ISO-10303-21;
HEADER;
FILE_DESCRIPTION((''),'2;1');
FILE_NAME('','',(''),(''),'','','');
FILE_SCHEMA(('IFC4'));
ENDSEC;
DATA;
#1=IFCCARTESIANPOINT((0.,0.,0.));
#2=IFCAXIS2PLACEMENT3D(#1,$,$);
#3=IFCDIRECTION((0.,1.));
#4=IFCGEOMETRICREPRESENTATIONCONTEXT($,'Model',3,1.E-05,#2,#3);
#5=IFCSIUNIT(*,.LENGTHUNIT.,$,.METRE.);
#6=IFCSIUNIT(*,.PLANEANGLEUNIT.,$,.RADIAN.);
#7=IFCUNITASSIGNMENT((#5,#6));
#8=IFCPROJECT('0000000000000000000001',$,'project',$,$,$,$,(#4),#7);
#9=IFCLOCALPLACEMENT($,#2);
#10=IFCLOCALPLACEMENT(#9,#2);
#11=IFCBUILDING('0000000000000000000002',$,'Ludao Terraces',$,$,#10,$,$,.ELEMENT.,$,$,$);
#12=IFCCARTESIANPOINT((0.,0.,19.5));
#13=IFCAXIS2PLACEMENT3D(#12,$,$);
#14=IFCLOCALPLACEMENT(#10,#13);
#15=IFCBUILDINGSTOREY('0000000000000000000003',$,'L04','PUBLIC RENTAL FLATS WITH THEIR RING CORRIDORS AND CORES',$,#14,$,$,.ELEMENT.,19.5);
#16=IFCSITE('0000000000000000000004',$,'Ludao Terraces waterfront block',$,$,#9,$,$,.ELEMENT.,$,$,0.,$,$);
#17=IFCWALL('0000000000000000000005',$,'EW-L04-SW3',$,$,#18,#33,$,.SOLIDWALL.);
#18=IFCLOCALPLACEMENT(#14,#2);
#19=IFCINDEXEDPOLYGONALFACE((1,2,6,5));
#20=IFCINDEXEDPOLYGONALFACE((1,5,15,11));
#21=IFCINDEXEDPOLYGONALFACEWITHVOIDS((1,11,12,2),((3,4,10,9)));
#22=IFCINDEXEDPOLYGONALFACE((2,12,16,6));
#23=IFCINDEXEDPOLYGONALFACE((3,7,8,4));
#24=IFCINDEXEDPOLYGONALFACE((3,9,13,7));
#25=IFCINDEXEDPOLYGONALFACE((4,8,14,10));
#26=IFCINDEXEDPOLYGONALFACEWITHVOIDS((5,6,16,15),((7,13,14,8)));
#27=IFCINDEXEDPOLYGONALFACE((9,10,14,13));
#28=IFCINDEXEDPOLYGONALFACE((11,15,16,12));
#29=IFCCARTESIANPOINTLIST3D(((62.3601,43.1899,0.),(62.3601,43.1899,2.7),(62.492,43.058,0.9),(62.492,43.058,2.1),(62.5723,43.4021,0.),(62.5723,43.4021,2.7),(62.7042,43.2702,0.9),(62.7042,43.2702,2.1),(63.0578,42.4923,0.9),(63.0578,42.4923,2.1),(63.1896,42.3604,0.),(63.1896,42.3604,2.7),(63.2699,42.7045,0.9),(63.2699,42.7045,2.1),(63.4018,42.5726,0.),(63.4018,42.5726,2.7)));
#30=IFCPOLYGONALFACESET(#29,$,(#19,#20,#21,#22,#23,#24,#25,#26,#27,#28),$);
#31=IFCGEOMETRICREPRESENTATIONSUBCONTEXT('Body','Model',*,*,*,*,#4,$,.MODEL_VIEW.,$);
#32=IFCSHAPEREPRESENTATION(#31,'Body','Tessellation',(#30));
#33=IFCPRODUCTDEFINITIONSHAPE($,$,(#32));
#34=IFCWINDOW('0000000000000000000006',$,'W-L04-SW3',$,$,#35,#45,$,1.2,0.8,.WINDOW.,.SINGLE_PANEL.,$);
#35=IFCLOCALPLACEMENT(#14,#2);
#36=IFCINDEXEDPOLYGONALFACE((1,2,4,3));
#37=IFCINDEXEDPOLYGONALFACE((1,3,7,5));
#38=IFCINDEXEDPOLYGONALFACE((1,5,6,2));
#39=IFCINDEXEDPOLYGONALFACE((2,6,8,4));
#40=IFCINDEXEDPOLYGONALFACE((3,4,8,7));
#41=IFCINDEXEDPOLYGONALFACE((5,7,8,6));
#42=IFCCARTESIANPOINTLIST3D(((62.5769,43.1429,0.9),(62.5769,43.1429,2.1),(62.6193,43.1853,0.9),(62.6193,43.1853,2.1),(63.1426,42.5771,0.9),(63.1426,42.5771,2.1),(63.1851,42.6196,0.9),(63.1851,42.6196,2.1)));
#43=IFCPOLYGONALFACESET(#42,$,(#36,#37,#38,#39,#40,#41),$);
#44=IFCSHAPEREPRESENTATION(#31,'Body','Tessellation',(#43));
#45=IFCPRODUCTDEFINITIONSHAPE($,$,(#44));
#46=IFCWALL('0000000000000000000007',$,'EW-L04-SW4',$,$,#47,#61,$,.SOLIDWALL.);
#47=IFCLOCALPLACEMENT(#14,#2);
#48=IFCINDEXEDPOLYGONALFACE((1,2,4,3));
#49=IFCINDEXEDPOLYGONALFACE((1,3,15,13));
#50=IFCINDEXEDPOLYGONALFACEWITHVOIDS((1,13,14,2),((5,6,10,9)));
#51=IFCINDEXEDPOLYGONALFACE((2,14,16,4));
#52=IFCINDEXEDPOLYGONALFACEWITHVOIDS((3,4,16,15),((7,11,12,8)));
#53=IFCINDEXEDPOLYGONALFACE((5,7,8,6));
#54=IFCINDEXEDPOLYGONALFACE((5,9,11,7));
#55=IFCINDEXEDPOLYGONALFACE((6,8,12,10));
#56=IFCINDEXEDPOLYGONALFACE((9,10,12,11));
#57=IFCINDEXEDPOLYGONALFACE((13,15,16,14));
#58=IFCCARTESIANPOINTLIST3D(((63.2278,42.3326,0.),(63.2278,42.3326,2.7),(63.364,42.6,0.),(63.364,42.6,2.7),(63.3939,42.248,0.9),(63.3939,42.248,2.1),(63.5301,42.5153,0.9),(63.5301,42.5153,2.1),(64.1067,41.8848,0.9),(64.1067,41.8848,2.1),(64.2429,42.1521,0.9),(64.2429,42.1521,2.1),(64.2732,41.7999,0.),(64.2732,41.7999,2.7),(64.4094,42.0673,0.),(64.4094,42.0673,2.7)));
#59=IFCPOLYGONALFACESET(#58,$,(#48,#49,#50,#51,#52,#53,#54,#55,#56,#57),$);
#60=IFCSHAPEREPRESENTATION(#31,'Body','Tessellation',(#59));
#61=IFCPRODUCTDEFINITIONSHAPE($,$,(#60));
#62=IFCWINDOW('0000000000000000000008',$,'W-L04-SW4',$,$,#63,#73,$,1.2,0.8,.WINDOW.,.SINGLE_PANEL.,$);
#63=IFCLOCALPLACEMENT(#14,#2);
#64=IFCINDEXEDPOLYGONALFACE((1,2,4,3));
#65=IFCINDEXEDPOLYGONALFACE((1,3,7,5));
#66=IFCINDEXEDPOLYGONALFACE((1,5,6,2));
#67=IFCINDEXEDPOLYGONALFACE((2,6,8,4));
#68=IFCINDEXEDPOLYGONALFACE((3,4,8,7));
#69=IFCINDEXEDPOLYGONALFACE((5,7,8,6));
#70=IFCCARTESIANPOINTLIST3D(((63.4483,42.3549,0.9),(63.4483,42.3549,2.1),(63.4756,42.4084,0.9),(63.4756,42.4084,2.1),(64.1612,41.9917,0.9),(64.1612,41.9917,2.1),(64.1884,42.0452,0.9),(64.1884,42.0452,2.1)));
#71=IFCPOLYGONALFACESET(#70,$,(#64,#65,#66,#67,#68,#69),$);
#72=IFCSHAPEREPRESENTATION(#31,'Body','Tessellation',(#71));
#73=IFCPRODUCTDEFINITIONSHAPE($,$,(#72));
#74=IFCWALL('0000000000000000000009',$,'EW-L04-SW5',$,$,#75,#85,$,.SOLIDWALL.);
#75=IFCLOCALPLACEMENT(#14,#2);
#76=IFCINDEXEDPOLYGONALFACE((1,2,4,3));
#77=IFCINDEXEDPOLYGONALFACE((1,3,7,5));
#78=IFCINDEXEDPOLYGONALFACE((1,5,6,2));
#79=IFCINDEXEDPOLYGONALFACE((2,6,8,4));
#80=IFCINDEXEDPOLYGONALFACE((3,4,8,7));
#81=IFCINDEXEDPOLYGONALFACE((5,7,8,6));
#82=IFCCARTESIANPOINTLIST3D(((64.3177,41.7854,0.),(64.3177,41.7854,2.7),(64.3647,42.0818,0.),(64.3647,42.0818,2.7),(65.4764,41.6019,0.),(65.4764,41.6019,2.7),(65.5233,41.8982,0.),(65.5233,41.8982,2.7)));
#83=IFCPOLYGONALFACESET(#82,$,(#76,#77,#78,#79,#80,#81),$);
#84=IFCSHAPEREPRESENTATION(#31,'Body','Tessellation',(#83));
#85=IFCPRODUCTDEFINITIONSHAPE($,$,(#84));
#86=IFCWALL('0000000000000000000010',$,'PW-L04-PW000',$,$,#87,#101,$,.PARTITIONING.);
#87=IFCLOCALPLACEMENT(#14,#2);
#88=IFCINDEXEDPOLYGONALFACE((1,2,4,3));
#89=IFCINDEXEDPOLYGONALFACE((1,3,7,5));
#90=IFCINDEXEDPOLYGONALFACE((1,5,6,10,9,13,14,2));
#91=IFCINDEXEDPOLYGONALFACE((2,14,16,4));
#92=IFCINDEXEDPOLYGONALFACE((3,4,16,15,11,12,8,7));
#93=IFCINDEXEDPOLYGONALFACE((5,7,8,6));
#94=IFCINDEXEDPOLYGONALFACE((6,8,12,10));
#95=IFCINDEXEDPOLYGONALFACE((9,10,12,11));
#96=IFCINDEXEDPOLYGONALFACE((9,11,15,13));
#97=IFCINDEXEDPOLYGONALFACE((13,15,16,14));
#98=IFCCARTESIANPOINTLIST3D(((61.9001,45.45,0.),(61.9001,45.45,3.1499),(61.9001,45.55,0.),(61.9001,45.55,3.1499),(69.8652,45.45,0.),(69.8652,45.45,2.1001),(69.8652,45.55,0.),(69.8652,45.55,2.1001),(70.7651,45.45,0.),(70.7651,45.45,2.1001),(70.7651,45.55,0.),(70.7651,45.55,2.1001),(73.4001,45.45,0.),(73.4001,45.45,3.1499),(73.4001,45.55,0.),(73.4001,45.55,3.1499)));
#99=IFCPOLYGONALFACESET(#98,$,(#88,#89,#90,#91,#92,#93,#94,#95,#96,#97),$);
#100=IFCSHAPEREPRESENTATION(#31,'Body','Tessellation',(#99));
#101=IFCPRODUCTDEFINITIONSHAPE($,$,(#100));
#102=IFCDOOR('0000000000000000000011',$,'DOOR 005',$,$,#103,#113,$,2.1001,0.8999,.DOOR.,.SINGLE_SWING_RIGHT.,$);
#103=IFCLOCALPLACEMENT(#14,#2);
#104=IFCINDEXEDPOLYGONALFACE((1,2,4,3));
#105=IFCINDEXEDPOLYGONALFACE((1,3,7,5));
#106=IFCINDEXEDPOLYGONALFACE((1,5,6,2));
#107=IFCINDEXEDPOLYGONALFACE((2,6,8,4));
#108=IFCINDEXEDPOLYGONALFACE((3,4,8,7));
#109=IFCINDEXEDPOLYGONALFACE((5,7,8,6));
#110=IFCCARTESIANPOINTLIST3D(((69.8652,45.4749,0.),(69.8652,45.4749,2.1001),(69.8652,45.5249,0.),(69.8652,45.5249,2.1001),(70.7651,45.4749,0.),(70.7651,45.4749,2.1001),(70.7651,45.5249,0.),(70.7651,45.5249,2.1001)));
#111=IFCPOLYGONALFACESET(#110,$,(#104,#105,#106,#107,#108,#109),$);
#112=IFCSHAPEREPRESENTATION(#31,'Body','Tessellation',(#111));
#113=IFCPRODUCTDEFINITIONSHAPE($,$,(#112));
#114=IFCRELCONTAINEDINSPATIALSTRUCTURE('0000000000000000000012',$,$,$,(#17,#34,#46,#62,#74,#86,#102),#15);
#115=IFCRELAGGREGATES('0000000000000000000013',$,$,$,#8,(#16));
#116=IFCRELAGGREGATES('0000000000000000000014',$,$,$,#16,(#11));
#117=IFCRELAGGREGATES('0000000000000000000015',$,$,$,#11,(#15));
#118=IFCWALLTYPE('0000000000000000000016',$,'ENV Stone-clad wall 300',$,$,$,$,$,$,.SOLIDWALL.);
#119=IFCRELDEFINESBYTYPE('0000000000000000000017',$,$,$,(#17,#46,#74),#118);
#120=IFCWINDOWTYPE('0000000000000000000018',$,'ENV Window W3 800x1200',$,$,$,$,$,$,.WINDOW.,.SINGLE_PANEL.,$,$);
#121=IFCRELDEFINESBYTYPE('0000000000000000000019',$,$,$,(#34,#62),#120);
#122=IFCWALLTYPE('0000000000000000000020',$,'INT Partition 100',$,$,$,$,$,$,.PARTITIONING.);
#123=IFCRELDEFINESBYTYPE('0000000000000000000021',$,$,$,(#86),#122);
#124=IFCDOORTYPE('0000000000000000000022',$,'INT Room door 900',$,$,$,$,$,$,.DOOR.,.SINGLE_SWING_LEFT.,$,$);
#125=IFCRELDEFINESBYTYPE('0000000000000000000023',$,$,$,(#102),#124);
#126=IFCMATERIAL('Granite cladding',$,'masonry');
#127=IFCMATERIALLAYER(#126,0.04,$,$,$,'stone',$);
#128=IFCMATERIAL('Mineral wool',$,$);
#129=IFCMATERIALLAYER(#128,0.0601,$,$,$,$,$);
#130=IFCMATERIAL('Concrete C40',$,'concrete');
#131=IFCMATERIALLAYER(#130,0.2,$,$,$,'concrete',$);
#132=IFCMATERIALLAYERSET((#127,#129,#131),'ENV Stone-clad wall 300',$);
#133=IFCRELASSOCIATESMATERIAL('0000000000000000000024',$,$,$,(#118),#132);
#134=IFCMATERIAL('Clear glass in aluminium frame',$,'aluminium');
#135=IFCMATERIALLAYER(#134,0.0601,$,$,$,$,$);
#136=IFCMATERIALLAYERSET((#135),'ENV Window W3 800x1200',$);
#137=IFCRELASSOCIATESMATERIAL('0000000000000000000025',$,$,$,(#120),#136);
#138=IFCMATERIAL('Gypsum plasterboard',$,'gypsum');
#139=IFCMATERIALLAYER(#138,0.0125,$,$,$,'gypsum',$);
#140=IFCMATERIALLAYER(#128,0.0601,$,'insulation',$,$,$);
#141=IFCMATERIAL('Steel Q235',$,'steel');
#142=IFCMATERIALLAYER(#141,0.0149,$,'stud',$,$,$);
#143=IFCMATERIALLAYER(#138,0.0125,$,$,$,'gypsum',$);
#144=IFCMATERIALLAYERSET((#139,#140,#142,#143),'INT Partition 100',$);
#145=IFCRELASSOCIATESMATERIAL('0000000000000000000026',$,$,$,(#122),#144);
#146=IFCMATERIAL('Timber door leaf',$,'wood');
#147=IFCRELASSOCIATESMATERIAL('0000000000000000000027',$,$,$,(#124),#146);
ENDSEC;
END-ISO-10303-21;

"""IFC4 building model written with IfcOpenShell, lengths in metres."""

from ifc_helpers import new_model, si_unit, direction, frame, frame_2d, origin, place, context, subcontext, project, spatial, rectangle, extrude, material, layer, layer_set, type_object, element, fill, save


model = new_model("IFC4")

# Units and contexts
model_context = context("Model", 3, precision=1e-05, world=origin(), true_north=direction((0.0, 1.0)))
body_context = subcontext(model_context, "Body", "Model", "MODEL_VIEW")
ifc_project = project(units=[si_unit("LENGTHUNIT", "METRE"), si_unit("PLANEANGLEUNIT", "RADIAN")], contexts=[model_context])

# Site, building, storey
site_placement = place(None, origin())
site = spatial("IfcSite", under=ifc_project, at=site_placement, Name="Ludao Terraces waterfront block", CompositionType="ELEMENT", RefElevation=0.0)
building_placement = place(site_placement, origin())
building = spatial("IfcBuilding", under=site, at=building_placement, Name="Ludao Terraces", CompositionType="ELEMENT")
storey_placement = place(building_placement, frame((0.0, 0.0, 19.5)))
storey = spatial("IfcBuildingStorey", under=building, at=storey_placement, Name="L04", Description="PUBLIC RENTAL FLATS WITH THEIR RING CORRIDORS AND CORES", CompositionType="ELEMENT", Elevation=19.5)

# Shared definitions
ifc_material_1 = material(Name="Concrete C40", Category="concrete")

# Shared definitions
ifc_material_2 = material(Name="Granite cladding", Category="masonry")
ifc_layer_1 = layer(ifc_material_2, 0.04, Category="stone")
ifc_material_3 = material(Name="Mineral wool")
ifc_layer_2 = layer(ifc_material_3, 0.0601)
ifc_layer_3 = layer(ifc_material_1, 0.2, Category="concrete")
ifc_layer_set_1 = layer_set([ifc_layer_1, ifc_layer_2, ifc_layer_3], Name="ENV Stone-clad wall 300")
wall_type_1 = type_object("IfcWallType", Name="ENV Stone-clad wall 300", PredefinedType="SOLIDWALL", material=ifc_layer_set_1)
ifc_material_4 = material(Name="Clear glass in aluminium frame", Category="aluminium")

# Walls, openings, windows
ifc_layer_4 = layer(ifc_material_4, 0.0601)
ifc_layer_set_2 = layer_set([ifc_layer_4], Name="ENV Window W3 800x1200")
window_type_1 = type_object("IfcWindowType", Name="ENV Window W3 800x1200", PartitioningType="SINGLE_PANEL", PredefinedType="WINDOW", material=ifc_layer_set_2)
wall_1_placement = place(storey_placement, frame((62.4663, 43.2959, 0.0), z_axis=(0.0, 0.0, 1.0), x_axis=(0.707107, -0.707107, 0.0)))
wall_1 = element("IfcWall", 1, at=wall_1_placement, inside=storey, type_object=wall_type_1, Name="EW-L04-SW3", PredefinedType="SOLIDWALL", context=body_context, shape_type="SweptSolid", body=[
    extrude(rectangle(XDim=1.1731, YDim=0.3, at=frame_2d((0.5864, 0.0))), origin(), (0.0, 0.0, 1.0), 2.7),
])
opening_1_placement = place(wall_1_placement, frame((0.1865, 0.0, 0.8999)))
opening_1 = element("IfcOpeningElement", 2, at=opening_1_placement, cuts=wall_1, PredefinedType="OPENING", context=body_context, shape_type="SweptSolid", body=[
    extrude(rectangle(XDim=0.8, YDim=1.2, at=frame_2d((0.3999, 0.6001))), frame((0.0, 0.1602, 0.0), z_axis=(0.0, -1.0, 0.0), x_axis=(1.0, 0.0, 0.0)), (0.0, 0.0, 1.0), 0.3201),
])
window_1_placement = place(opening_1_placement, origin())
window_1 = element("IfcWindow", 3, at=window_1_placement, inside=storey, type_object=window_type_1, Name="W-L04-SW3", OverallHeight=1.2, OverallWidth=0.8, PartitioningType="SINGLE_PANEL", PredefinedType="WINDOW", context=body_context, shape_type="SweptSolid", body=[
    extrude(rectangle(XDim=0.8, YDim=1.2, at=frame_2d((0.3999, 0.6001))), frame((0.0, 0.03, 0.0), z_axis=(0.0, -1.0, 0.0), x_axis=(1.0, 0.0, 0.0)), (0.0, 0.0, 1.0), 0.0601),
])
fill(opening_1, window_1)
wall_2_placement = place(storey_placement, frame((63.2959, 42.4663, 0.0), z_axis=(0.0, 0.0, 1.0), x_axis=(0.890989, -0.454026, 0.0)))
wall_2 = element("IfcWall", 4, at=wall_2_placement, inside=storey, type_object=wall_type_1, Name="EW-L04-SW4", PredefinedType="SOLIDWALL", context=body_context, shape_type="SweptSolid", body=[
    extrude(rectangle(XDim=1.1733, YDim=0.3, at=frame_2d((0.5867, 0.0))), origin(), (0.0, 0.0, 1.0), 2.7),
])
opening_2_placement = place(wall_2_placement, frame((0.1865, 0.0, 0.8999)))
opening_2 = element("IfcOpeningElement", 5, at=opening_2_placement, cuts=wall_2, PredefinedType="OPENING", context=body_context, shape_type="SweptSolid", body=[
    extrude(rectangle(XDim=0.8, YDim=1.2, at=frame_2d((0.3999, 0.6001))), frame((0.0, 0.1602, 0.0), z_axis=(0.0, -1.0, 0.0), x_axis=(1.0, 0.0, 0.0)), (0.0, 0.0, 1.0), 0.3201),
])
window_2_placement = place(opening_2_placement, origin())
window_2 = element("IfcWindow", 6, at=window_2_placement, inside=storey, type_object=window_type_1, Name="W-L04-SW4", OverallHeight=1.2, OverallWidth=0.8, PartitioningType="SINGLE_PANEL", PredefinedType="WINDOW", context=body_context, shape_type="SweptSolid", body=[
    extrude(rectangle(XDim=0.8, YDim=1.2, at=frame_2d((0.3999, 0.6001))), frame((0.0, 0.03, 0.0), z_axis=(0.0, -1.0, 0.0), x_axis=(1.0, 0.0, 0.0)), (0.0, 0.0, 1.0), 0.0601),
])
fill(opening_2, window_2)

# Wall
wall_3_placement = place(storey_placement, frame((64.3413, 41.9336, 0.0), z_axis=(0.0, 0.0, 1.0), x_axis=(0.987678, -0.156497, 0.0)))
element("IfcWall", 7, at=wall_3_placement, inside=storey, type_object=wall_type_1, Name="EW-L04-SW5", PredefinedType="SOLIDWALL", context=body_context, shape_type="SweptSolid", body=[
    extrude(rectangle(XDim=1.1731, YDim=0.3, at=frame_2d((0.5864, 0.0))), origin(), (0.0, 0.0, 1.0), 2.7),
])

# Wall, opening, door
ifc_material_5 = material(Name="Gypsum plasterboard", Category="gypsum")
ifc_layer_5 = layer(ifc_material_5, 0.0125, Category="gypsum")
ifc_layer_6 = layer(ifc_material_3, 0.0601, Name="insulation")
ifc_material_6 = material(Name="Steel Q235", Category="steel")
ifc_layer_7 = layer(ifc_material_6, 0.0149, Name="stud")
ifc_layer_8 = layer(ifc_material_5, 0.0125, Category="gypsum")
ifc_layer_set_3 = layer_set([ifc_layer_5, ifc_layer_6, ifc_layer_7, ifc_layer_8], Name="INT Partition 100")
wall_type_2 = type_object("IfcWallType", Name="INT Partition 100", PredefinedType="PARTITIONING", material=ifc_layer_set_3)
wall_4_placement = place(storey_placement, frame((61.9001, 45.5, 0.0), z_axis=(0.0, 0.0, 1.0), x_axis=(1.0, 0.0, 0.0)))
wall_4 = element("IfcWall", 8, at=wall_4_placement, inside=storey, type_object=wall_type_2, Name="PW-L04-PW000", PredefinedType="PARTITIONING", context=body_context, shape_type="SweptSolid", body=[
    extrude(rectangle(XDim=11.5, YDim=0.1001, at=frame_2d((5.75, 0.0))), origin(), (0.0, 0.0, 1.0), 3.1499),
])
opening_3_placement = place(wall_4_placement, frame((7.9651, 0.0, 0.0)))
opening_3 = element("IfcOpeningElement", 9, at=opening_3_placement, cuts=wall_4, PredefinedType="OPENING", context=body_context, shape_type="SweptSolid", body=[
    extrude(rectangle(XDim=0.8999, YDim=2.1001, at=frame_2d((0.45, 1.05))), frame((0.0, 0.0601, 0.0), z_axis=(0.0, -1.0, 0.0), x_axis=(1.0, 0.0, 0.0)), (0.0, 0.0, 1.0), 0.1201),
])
ifc_material_7 = material(Name="Timber door leaf", Category="wood")
door_type = type_object("IfcDoorType", Name="INT Room door 900", OperationType="SINGLE_SWING_LEFT", PredefinedType="DOOR", material=ifc_material_7)
door_placement = place(opening_3_placement, origin())
door = element("IfcDoor", 10, at=door_placement, inside=storey, type_object=door_type, Name="DOOR 005", OperationType="SINGLE_SWING_RIGHT", OverallHeight=2.1001, OverallWidth=0.8999, PredefinedType="DOOR", context=body_context, shape_type="SweptSolid", body=[
    extrude(rectangle(XDim=0.8999, YDim=2.1001, at=frame_2d((0.45, 1.05))), frame((0.0, 0.0249, 0.0), z_axis=(0.0, -1.0, 0.0), x_axis=(1.0, 0.0, 0.0)), (0.0, 0.0, 1.0), 0.05),
])
fill(opening_3, door)

save(model, "model.ifc")
